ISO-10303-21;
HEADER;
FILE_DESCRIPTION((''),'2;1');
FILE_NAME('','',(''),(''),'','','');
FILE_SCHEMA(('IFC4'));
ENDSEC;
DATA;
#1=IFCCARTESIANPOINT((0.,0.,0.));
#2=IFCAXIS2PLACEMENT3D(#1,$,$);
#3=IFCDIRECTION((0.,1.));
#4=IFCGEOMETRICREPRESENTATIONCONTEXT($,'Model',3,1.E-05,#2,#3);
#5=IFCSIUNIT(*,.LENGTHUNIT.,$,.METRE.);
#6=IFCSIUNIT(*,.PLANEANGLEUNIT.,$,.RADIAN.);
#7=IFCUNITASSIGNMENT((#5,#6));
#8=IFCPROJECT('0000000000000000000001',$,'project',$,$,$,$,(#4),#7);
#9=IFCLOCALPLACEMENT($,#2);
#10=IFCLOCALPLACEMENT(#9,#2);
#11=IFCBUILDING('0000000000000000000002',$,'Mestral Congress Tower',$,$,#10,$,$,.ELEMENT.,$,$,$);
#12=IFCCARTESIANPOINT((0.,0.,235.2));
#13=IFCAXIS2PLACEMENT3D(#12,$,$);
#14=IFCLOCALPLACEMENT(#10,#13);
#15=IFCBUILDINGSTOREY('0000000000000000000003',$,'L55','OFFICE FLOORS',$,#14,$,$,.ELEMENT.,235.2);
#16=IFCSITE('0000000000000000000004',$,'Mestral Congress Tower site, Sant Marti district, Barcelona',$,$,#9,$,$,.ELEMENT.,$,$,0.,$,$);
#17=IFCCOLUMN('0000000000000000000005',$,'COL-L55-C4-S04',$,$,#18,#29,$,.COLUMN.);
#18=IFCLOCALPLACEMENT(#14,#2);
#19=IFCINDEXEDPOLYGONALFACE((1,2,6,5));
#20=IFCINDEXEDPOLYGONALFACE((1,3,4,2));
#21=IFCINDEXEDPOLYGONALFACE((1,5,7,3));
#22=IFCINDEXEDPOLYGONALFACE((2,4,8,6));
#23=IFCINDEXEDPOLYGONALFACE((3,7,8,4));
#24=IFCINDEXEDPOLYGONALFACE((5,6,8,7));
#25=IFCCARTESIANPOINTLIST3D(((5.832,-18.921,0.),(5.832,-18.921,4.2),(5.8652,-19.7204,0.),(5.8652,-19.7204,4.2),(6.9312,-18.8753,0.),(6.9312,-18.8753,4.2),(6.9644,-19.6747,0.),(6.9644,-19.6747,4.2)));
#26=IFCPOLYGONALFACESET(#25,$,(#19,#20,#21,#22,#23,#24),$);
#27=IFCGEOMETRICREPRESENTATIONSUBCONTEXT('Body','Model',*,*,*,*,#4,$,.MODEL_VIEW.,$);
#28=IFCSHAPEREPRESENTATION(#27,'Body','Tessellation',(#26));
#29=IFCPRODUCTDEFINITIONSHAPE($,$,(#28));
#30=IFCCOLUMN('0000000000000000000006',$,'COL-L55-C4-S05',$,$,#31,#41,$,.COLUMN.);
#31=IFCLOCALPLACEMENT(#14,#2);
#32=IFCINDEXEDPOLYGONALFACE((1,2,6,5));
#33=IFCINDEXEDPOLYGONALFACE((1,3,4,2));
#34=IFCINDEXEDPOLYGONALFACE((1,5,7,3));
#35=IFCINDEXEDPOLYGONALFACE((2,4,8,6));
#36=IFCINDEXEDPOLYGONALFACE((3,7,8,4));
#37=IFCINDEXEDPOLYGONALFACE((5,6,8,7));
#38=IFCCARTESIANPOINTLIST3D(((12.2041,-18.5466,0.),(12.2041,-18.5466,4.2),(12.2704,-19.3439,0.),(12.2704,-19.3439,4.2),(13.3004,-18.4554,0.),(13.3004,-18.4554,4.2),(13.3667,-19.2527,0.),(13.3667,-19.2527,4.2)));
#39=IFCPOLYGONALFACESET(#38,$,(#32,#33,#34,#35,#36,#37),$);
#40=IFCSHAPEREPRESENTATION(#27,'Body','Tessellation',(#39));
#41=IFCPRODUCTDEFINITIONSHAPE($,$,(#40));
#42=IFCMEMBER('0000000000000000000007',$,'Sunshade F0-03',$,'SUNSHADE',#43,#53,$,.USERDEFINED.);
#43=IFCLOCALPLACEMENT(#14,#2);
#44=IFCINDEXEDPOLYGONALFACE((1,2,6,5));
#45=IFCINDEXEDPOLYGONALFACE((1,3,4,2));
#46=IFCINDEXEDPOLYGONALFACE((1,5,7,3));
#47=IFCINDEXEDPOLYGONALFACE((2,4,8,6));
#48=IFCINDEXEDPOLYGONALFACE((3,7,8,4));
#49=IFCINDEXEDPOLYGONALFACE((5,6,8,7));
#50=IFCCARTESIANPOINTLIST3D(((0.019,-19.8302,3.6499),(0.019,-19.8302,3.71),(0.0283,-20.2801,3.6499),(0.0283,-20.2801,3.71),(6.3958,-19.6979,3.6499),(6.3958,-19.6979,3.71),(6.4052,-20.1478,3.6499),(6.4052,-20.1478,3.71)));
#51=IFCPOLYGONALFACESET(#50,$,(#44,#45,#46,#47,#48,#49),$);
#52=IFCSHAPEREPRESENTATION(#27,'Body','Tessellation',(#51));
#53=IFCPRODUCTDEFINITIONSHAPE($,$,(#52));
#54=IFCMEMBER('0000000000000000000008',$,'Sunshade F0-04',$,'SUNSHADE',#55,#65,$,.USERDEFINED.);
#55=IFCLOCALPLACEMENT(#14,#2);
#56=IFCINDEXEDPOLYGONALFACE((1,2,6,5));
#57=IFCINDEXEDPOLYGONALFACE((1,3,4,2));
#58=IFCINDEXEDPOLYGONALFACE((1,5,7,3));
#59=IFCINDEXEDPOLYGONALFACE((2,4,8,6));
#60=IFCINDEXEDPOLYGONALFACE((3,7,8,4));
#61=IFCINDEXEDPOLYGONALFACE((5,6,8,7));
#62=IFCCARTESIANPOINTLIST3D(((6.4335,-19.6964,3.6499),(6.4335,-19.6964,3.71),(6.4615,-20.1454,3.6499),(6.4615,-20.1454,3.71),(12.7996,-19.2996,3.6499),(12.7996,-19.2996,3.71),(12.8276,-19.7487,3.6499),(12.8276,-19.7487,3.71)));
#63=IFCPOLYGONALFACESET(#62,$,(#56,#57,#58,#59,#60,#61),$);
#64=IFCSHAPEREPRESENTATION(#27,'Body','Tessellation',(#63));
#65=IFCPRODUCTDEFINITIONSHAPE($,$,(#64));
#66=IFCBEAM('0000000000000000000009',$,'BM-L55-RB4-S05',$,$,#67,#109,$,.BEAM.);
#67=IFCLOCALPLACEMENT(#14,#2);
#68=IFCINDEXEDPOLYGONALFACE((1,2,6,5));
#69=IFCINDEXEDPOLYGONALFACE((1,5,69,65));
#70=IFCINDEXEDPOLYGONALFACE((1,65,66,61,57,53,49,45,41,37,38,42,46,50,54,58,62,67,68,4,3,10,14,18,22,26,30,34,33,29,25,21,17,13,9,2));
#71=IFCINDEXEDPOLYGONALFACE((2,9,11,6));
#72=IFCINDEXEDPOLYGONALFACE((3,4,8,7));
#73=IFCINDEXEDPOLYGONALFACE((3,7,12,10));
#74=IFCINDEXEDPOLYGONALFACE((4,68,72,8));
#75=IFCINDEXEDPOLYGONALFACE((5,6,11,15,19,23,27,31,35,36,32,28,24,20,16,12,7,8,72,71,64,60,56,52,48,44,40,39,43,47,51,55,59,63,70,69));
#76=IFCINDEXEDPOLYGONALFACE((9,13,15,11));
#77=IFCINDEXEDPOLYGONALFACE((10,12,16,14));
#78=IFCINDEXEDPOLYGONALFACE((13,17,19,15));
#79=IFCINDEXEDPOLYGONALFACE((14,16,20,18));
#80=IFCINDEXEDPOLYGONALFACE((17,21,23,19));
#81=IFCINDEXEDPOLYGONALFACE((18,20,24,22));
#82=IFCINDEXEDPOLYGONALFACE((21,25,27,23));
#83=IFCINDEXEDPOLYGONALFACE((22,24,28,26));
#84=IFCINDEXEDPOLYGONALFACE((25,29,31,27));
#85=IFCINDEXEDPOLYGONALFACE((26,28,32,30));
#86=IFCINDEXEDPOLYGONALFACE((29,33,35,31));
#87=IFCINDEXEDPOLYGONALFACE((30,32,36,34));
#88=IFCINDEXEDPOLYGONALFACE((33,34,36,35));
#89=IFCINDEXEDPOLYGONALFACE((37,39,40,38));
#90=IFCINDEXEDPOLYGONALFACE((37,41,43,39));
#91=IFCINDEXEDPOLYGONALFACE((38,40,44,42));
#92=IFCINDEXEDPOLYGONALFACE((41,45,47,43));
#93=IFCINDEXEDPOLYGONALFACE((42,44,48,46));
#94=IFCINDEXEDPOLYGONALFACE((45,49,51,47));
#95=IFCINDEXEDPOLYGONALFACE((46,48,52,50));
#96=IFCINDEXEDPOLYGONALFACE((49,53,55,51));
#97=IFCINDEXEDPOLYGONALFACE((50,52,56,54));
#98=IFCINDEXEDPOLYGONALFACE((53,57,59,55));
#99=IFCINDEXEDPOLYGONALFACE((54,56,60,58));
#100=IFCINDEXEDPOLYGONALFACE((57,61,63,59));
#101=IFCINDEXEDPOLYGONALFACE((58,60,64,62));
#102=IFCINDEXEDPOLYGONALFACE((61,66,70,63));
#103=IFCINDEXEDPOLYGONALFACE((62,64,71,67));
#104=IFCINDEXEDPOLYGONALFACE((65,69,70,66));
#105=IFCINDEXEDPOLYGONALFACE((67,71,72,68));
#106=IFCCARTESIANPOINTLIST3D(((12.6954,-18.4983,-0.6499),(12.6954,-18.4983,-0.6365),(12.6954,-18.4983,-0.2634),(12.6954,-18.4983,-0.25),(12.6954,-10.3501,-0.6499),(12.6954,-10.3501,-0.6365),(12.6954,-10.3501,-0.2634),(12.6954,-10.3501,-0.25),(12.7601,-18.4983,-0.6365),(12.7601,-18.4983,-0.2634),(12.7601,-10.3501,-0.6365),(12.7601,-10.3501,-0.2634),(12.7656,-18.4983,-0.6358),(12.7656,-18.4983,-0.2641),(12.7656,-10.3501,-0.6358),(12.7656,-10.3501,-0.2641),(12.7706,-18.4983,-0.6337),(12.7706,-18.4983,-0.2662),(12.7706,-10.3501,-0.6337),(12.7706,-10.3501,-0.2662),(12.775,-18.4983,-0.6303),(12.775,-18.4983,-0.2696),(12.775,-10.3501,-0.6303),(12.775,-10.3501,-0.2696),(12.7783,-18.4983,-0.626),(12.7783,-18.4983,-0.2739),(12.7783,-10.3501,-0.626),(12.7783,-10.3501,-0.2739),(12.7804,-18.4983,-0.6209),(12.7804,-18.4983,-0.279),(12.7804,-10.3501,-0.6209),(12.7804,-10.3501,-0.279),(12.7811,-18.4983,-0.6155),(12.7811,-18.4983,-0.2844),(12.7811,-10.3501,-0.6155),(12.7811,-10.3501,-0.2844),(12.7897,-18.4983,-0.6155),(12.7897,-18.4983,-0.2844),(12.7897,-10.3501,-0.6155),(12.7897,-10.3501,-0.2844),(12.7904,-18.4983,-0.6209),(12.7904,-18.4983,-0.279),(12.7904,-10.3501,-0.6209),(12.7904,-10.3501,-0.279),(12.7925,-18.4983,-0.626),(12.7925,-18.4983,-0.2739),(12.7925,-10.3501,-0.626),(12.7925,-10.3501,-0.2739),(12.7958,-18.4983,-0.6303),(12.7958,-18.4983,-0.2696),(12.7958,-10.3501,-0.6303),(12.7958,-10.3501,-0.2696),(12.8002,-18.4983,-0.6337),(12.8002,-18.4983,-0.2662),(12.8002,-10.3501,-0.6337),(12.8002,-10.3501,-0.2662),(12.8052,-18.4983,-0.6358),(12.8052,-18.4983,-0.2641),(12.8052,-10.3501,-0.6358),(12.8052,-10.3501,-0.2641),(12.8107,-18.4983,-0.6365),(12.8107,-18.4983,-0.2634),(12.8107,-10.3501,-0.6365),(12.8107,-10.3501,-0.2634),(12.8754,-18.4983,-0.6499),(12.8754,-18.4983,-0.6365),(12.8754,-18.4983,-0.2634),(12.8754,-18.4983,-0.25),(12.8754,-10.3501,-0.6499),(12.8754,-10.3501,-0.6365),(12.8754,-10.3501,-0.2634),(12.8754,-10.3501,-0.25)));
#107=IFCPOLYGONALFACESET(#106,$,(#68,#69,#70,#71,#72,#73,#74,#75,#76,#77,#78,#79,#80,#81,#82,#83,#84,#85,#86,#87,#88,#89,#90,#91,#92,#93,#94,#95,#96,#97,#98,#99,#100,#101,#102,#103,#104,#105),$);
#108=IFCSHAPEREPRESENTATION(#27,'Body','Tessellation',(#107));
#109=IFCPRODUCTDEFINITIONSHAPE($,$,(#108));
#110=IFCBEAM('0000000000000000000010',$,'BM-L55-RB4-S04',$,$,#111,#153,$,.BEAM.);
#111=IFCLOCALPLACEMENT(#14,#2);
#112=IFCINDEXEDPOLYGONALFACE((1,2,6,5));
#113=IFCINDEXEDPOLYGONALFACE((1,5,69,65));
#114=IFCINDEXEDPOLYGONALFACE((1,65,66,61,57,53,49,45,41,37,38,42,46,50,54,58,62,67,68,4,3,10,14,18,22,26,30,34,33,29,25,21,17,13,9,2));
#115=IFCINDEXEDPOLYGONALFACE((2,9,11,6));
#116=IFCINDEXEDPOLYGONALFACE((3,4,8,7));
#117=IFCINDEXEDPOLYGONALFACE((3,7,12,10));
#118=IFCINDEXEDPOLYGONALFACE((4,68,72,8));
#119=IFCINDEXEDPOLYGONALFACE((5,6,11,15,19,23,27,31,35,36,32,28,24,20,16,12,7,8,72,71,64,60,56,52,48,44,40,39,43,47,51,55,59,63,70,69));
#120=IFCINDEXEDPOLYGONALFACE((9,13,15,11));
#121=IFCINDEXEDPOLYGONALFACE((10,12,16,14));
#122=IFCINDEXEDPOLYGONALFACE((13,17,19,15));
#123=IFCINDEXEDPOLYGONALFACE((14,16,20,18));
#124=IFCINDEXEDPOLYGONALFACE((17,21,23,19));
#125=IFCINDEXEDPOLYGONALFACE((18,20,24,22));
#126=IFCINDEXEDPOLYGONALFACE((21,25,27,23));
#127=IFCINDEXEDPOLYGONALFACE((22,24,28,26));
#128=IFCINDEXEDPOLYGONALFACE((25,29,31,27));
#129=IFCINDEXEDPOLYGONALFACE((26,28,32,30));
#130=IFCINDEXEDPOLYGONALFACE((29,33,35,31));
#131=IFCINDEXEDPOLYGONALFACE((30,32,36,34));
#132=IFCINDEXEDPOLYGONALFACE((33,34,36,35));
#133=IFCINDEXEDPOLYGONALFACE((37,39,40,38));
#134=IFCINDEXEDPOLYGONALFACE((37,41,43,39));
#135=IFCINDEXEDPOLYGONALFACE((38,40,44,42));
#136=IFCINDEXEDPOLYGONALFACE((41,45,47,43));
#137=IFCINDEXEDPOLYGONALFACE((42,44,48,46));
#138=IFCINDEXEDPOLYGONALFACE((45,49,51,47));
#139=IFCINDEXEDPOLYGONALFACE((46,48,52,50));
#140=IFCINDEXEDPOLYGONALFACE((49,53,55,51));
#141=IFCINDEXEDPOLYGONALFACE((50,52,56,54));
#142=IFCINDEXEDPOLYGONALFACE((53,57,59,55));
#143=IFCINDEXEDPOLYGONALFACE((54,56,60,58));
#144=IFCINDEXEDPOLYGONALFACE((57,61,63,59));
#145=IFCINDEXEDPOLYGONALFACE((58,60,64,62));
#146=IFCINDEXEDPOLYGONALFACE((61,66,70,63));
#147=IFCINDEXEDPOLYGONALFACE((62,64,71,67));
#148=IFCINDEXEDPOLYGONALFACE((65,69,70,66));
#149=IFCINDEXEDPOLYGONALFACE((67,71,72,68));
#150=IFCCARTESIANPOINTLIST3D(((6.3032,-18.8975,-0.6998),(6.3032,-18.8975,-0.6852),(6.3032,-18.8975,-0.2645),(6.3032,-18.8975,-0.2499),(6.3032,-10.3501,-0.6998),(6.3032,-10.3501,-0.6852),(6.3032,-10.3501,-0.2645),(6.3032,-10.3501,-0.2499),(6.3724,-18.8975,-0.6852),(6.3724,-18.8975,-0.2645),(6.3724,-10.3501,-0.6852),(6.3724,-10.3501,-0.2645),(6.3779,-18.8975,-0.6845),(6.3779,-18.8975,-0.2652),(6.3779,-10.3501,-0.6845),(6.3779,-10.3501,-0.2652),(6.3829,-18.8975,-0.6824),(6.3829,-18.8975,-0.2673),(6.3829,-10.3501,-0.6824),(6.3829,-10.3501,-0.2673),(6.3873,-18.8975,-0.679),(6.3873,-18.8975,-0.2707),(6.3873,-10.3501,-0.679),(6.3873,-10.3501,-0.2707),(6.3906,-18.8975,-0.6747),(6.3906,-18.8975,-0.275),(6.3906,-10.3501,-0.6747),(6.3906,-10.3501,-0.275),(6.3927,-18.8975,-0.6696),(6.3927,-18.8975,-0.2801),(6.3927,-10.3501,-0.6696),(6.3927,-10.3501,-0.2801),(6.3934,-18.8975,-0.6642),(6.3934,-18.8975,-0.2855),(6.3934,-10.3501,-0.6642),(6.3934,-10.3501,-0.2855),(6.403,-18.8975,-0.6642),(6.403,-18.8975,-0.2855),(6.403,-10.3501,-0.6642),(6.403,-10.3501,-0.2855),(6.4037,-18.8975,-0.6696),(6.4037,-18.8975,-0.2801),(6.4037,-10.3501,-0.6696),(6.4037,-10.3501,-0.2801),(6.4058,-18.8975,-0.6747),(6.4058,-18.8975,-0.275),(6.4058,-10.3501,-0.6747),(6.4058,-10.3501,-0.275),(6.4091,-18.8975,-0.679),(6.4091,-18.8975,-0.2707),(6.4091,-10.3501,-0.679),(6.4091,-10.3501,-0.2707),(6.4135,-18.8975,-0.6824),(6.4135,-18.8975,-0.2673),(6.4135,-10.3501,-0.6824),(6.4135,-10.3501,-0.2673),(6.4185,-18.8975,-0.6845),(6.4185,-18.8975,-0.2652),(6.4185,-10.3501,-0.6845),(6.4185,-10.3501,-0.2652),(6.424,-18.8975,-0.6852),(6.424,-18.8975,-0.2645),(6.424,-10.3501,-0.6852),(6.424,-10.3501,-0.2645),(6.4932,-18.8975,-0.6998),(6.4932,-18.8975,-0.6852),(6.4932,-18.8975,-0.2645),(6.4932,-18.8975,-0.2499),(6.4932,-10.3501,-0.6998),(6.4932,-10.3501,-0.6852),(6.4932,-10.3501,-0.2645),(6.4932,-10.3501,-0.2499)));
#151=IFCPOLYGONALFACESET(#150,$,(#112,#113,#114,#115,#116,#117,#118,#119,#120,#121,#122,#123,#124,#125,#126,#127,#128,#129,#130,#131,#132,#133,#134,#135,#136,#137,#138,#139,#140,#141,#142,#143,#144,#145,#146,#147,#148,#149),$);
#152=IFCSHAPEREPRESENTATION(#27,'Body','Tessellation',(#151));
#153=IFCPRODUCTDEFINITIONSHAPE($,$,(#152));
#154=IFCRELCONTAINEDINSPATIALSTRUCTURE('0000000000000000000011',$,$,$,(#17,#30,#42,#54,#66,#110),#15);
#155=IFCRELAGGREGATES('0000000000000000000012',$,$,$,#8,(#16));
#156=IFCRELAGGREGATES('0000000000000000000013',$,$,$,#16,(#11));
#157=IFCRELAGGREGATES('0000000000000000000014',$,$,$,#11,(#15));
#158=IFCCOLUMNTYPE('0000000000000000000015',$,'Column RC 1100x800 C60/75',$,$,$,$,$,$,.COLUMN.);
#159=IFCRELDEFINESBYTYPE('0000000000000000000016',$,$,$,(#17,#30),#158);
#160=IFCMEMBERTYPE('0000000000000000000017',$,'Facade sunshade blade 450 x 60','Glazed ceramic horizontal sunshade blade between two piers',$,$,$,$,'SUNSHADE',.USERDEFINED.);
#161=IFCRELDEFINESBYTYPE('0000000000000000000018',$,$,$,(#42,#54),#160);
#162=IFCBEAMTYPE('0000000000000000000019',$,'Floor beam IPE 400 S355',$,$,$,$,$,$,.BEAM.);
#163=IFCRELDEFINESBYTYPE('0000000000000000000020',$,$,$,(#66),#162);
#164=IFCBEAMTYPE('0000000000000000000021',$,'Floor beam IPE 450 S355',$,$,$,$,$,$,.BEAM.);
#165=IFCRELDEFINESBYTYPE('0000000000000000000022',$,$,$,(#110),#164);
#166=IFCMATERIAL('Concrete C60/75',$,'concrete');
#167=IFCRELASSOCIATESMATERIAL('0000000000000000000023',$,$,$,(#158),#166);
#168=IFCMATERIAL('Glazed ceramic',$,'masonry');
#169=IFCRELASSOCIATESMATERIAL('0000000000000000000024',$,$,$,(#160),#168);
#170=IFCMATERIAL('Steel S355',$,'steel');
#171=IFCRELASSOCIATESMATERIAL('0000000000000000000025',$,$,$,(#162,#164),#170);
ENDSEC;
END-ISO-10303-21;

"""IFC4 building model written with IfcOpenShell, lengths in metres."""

from ifc_helpers import new_model, si_unit, direction, frame, origin, origin_2d, place, context, subcontext, project, spatial, rectangle, i_section, extrude, material, material_profile, profile_set, type_object, element, save


model = new_model("IFC4")

# Units and contexts
model_context = context("Model", 3, precision=1e-05, world=origin(), true_north=direction((0.0, 1.0)))
body_context = subcontext(model_context, "Body", "Model", "MODEL_VIEW")
ifc_project = project(units=[si_unit("LENGTHUNIT", "METRE"), si_unit("PLANEANGLEUNIT", "RADIAN")], contexts=[model_context])

# Site, building, storey
site_placement = place(None, origin())
site = spatial("IfcSite", under=ifc_project, at=site_placement, Name="Mestral Congress Tower site, Sant Marti district, Barcelona", CompositionType="ELEMENT", RefElevation=0.0)
building_placement = place(site_placement, origin())
building = spatial("IfcBuilding", under=site, at=building_placement, Name="Mestral Congress Tower", CompositionType="ELEMENT")
storey_placement = place(building_placement, frame((0.0, 0.0, 235.2)))
storey = spatial("IfcBuildingStorey", under=building, at=storey_placement, Name="L55", Description="OFFICE FLOORS", CompositionType="ELEMENT", Elevation=235.2)

# Columns
ifc_material_1 = material(Name="Concrete C60/75", Category="concrete")
ifc_material_profile_1 = material_profile(ifc_material_1, rectangle(XDim=1.1001, YDim=0.8, at=origin_2d()), Name="RC 1100x800")
ifc_profile_set_1 = profile_set([ifc_material_profile_1], Name="Concrete C60/75")
column_type = type_object("IfcColumnType", Name="Column RC 1100x800 C60/75", PredefinedType="COLUMN", material=ifc_profile_set_1)
for number, where, z_axis, x_axis, name in (
    (1, (6.3982, -19.2979, 0.0), (0.0, 0.0, 1.0), (0.999139, 0.041492, 0.0), "COL-L55-C4-S04"),
    (2, (12.7854, -18.8997, 0.0), (0.0, 0.0, 1.0), (0.996557, 0.082914, 0.0), "COL-L55-C4-S05"),
):
    element("IfcColumn", number, at=place(storey_placement, frame(where, z_axis=z_axis, x_axis=x_axis)), inside=storey, type_object=column_type, Name=name, PredefinedType="COLUMN", context=body_context, shape_type="SweptSolid", body=[
        extrude(rectangle(XDim=1.1001, YDim=0.8, at=origin_2d()), origin(), (0.0, 0.0, 1.0), 4.2),
    ])

# Members
ifc_material_2 = material(Name="Glazed ceramic", Category="masonry")
ifc_material_profile_2 = material_profile(ifc_material_2, rectangle(XDim=0.45, YDim=0.0601, at=origin_2d()), Name="Ceramic blade 450 x 60")
ifc_profile_set_2 = profile_set([ifc_material_profile_2], Name="Glazed ceramic")
member_type = type_object("IfcMemberType", Name="Facade sunshade blade 450 x 60", Description="Glazed ceramic horizontal sunshade blade between two piers", ElementType="SUNSHADE", PredefinedType="USERDEFINED", material=ifc_profile_set_2)
member_1_placement = place(storey_placement, frame((0.0237, -20.0552, 3.6799), z_axis=(0.999785, 0.020747, 0.0), x_axis=(-0.020747, 0.999785, 0.0)))
element("IfcMember", 3, at=member_1_placement, inside=storey, type_object=member_type, Name="Sunshade F0-03", ObjectType="SUNSHADE", PredefinedType="USERDEFINED", context=body_context, shape_type="SweptSolid", body=[
    extrude(rectangle(XDim=0.45, YDim=0.0601, at=origin_2d()), origin(), (0.0, 0.0, 1.0), 6.3782),
])
member_2_placement = place(storey_placement, frame((6.4475, -19.9209, 3.6799), z_axis=(0.998064, 0.0622, 0.0), x_axis=(-0.0622, 0.998064, 0.0)))
element("IfcMember", 4, at=member_2_placement, inside=storey, type_object=member_type, Name="Sunshade F0-04", ObjectType="SUNSHADE", PredefinedType="USERDEFINED", context=body_context, shape_type="SweptSolid", body=[
    extrude(rectangle(XDim=0.45, YDim=0.0601, at=origin_2d()), origin(), (0.0, 0.0, 1.0), 6.3784),
])

# Beams
ifc_material_3 = material(Name="Steel S355", Category="steel")
ifc_material_profile_3 = material_profile(ifc_material_3, i_section(OverallWidth=0.1799, OverallDepth=0.3999, WebThickness=0.0085, FlangeThickness=0.0134, FilletRadius=0.021, at=origin_2d()), Name="IPE 400")
ifc_profile_set_3 = profile_set([ifc_material_profile_3], Name="Steel S355")
beam_type_1 = type_object("IfcBeamType", Name="Floor beam IPE 400 S355", PredefinedType="BEAM", material=ifc_profile_set_3)
beam_1_placement = place(storey_placement, frame((12.7854, -18.4983, -0.45), z_axis=(0.0, 1.0, 0.0), x_axis=(-1.0, 0.0, 0.0)))
element("IfcBeam", 5, at=beam_1_placement, inside=storey, type_object=beam_type_1, Name="BM-L55-RB4-S05", PredefinedType="BEAM", context=body_context, shape_type="SweptSolid", body=[
    extrude(i_section(OverallWidth=0.1799, OverallDepth=0.3999, WebThickness=0.0085, FlangeThickness=0.0134, FilletRadius=0.021, at=origin_2d()), origin(), (0.0, 0.0, 1.0), 8.1482),
])
ifc_material_profile_4 = material_profile(ifc_material_3, i_section(OverallWidth=0.1899, OverallDepth=0.45, WebThickness=0.0095, FlangeThickness=0.0146, FilletRadius=0.021, at=origin_2d()), Name="IPE 450")
ifc_profile_set_4 = profile_set([ifc_material_profile_4], Name="Steel S355")
beam_type_2 = type_object("IfcBeamType", Name="Floor beam IPE 450 S355", PredefinedType="BEAM", material=ifc_profile_set_4)
beam_2_placement = place(storey_placement, frame((6.3982, -18.8975, -0.4749), z_axis=(0.0, 1.0, 0.0), x_axis=(-1.0, 0.0, 0.0)))
element("IfcBeam", 6, at=beam_2_placement, inside=storey, type_object=beam_type_2, Name="BM-L55-RB4-S04", PredefinedType="BEAM", context=body_context, shape_type="SweptSolid", body=[
    extrude(i_section(OverallWidth=0.1899, OverallDepth=0.45, WebThickness=0.0095, FlangeThickness=0.0146, FilletRadius=0.021, at=origin_2d()), origin(), (0.0, 0.0, 1.0), 8.5474),
])

save(model, "model.ifc")
